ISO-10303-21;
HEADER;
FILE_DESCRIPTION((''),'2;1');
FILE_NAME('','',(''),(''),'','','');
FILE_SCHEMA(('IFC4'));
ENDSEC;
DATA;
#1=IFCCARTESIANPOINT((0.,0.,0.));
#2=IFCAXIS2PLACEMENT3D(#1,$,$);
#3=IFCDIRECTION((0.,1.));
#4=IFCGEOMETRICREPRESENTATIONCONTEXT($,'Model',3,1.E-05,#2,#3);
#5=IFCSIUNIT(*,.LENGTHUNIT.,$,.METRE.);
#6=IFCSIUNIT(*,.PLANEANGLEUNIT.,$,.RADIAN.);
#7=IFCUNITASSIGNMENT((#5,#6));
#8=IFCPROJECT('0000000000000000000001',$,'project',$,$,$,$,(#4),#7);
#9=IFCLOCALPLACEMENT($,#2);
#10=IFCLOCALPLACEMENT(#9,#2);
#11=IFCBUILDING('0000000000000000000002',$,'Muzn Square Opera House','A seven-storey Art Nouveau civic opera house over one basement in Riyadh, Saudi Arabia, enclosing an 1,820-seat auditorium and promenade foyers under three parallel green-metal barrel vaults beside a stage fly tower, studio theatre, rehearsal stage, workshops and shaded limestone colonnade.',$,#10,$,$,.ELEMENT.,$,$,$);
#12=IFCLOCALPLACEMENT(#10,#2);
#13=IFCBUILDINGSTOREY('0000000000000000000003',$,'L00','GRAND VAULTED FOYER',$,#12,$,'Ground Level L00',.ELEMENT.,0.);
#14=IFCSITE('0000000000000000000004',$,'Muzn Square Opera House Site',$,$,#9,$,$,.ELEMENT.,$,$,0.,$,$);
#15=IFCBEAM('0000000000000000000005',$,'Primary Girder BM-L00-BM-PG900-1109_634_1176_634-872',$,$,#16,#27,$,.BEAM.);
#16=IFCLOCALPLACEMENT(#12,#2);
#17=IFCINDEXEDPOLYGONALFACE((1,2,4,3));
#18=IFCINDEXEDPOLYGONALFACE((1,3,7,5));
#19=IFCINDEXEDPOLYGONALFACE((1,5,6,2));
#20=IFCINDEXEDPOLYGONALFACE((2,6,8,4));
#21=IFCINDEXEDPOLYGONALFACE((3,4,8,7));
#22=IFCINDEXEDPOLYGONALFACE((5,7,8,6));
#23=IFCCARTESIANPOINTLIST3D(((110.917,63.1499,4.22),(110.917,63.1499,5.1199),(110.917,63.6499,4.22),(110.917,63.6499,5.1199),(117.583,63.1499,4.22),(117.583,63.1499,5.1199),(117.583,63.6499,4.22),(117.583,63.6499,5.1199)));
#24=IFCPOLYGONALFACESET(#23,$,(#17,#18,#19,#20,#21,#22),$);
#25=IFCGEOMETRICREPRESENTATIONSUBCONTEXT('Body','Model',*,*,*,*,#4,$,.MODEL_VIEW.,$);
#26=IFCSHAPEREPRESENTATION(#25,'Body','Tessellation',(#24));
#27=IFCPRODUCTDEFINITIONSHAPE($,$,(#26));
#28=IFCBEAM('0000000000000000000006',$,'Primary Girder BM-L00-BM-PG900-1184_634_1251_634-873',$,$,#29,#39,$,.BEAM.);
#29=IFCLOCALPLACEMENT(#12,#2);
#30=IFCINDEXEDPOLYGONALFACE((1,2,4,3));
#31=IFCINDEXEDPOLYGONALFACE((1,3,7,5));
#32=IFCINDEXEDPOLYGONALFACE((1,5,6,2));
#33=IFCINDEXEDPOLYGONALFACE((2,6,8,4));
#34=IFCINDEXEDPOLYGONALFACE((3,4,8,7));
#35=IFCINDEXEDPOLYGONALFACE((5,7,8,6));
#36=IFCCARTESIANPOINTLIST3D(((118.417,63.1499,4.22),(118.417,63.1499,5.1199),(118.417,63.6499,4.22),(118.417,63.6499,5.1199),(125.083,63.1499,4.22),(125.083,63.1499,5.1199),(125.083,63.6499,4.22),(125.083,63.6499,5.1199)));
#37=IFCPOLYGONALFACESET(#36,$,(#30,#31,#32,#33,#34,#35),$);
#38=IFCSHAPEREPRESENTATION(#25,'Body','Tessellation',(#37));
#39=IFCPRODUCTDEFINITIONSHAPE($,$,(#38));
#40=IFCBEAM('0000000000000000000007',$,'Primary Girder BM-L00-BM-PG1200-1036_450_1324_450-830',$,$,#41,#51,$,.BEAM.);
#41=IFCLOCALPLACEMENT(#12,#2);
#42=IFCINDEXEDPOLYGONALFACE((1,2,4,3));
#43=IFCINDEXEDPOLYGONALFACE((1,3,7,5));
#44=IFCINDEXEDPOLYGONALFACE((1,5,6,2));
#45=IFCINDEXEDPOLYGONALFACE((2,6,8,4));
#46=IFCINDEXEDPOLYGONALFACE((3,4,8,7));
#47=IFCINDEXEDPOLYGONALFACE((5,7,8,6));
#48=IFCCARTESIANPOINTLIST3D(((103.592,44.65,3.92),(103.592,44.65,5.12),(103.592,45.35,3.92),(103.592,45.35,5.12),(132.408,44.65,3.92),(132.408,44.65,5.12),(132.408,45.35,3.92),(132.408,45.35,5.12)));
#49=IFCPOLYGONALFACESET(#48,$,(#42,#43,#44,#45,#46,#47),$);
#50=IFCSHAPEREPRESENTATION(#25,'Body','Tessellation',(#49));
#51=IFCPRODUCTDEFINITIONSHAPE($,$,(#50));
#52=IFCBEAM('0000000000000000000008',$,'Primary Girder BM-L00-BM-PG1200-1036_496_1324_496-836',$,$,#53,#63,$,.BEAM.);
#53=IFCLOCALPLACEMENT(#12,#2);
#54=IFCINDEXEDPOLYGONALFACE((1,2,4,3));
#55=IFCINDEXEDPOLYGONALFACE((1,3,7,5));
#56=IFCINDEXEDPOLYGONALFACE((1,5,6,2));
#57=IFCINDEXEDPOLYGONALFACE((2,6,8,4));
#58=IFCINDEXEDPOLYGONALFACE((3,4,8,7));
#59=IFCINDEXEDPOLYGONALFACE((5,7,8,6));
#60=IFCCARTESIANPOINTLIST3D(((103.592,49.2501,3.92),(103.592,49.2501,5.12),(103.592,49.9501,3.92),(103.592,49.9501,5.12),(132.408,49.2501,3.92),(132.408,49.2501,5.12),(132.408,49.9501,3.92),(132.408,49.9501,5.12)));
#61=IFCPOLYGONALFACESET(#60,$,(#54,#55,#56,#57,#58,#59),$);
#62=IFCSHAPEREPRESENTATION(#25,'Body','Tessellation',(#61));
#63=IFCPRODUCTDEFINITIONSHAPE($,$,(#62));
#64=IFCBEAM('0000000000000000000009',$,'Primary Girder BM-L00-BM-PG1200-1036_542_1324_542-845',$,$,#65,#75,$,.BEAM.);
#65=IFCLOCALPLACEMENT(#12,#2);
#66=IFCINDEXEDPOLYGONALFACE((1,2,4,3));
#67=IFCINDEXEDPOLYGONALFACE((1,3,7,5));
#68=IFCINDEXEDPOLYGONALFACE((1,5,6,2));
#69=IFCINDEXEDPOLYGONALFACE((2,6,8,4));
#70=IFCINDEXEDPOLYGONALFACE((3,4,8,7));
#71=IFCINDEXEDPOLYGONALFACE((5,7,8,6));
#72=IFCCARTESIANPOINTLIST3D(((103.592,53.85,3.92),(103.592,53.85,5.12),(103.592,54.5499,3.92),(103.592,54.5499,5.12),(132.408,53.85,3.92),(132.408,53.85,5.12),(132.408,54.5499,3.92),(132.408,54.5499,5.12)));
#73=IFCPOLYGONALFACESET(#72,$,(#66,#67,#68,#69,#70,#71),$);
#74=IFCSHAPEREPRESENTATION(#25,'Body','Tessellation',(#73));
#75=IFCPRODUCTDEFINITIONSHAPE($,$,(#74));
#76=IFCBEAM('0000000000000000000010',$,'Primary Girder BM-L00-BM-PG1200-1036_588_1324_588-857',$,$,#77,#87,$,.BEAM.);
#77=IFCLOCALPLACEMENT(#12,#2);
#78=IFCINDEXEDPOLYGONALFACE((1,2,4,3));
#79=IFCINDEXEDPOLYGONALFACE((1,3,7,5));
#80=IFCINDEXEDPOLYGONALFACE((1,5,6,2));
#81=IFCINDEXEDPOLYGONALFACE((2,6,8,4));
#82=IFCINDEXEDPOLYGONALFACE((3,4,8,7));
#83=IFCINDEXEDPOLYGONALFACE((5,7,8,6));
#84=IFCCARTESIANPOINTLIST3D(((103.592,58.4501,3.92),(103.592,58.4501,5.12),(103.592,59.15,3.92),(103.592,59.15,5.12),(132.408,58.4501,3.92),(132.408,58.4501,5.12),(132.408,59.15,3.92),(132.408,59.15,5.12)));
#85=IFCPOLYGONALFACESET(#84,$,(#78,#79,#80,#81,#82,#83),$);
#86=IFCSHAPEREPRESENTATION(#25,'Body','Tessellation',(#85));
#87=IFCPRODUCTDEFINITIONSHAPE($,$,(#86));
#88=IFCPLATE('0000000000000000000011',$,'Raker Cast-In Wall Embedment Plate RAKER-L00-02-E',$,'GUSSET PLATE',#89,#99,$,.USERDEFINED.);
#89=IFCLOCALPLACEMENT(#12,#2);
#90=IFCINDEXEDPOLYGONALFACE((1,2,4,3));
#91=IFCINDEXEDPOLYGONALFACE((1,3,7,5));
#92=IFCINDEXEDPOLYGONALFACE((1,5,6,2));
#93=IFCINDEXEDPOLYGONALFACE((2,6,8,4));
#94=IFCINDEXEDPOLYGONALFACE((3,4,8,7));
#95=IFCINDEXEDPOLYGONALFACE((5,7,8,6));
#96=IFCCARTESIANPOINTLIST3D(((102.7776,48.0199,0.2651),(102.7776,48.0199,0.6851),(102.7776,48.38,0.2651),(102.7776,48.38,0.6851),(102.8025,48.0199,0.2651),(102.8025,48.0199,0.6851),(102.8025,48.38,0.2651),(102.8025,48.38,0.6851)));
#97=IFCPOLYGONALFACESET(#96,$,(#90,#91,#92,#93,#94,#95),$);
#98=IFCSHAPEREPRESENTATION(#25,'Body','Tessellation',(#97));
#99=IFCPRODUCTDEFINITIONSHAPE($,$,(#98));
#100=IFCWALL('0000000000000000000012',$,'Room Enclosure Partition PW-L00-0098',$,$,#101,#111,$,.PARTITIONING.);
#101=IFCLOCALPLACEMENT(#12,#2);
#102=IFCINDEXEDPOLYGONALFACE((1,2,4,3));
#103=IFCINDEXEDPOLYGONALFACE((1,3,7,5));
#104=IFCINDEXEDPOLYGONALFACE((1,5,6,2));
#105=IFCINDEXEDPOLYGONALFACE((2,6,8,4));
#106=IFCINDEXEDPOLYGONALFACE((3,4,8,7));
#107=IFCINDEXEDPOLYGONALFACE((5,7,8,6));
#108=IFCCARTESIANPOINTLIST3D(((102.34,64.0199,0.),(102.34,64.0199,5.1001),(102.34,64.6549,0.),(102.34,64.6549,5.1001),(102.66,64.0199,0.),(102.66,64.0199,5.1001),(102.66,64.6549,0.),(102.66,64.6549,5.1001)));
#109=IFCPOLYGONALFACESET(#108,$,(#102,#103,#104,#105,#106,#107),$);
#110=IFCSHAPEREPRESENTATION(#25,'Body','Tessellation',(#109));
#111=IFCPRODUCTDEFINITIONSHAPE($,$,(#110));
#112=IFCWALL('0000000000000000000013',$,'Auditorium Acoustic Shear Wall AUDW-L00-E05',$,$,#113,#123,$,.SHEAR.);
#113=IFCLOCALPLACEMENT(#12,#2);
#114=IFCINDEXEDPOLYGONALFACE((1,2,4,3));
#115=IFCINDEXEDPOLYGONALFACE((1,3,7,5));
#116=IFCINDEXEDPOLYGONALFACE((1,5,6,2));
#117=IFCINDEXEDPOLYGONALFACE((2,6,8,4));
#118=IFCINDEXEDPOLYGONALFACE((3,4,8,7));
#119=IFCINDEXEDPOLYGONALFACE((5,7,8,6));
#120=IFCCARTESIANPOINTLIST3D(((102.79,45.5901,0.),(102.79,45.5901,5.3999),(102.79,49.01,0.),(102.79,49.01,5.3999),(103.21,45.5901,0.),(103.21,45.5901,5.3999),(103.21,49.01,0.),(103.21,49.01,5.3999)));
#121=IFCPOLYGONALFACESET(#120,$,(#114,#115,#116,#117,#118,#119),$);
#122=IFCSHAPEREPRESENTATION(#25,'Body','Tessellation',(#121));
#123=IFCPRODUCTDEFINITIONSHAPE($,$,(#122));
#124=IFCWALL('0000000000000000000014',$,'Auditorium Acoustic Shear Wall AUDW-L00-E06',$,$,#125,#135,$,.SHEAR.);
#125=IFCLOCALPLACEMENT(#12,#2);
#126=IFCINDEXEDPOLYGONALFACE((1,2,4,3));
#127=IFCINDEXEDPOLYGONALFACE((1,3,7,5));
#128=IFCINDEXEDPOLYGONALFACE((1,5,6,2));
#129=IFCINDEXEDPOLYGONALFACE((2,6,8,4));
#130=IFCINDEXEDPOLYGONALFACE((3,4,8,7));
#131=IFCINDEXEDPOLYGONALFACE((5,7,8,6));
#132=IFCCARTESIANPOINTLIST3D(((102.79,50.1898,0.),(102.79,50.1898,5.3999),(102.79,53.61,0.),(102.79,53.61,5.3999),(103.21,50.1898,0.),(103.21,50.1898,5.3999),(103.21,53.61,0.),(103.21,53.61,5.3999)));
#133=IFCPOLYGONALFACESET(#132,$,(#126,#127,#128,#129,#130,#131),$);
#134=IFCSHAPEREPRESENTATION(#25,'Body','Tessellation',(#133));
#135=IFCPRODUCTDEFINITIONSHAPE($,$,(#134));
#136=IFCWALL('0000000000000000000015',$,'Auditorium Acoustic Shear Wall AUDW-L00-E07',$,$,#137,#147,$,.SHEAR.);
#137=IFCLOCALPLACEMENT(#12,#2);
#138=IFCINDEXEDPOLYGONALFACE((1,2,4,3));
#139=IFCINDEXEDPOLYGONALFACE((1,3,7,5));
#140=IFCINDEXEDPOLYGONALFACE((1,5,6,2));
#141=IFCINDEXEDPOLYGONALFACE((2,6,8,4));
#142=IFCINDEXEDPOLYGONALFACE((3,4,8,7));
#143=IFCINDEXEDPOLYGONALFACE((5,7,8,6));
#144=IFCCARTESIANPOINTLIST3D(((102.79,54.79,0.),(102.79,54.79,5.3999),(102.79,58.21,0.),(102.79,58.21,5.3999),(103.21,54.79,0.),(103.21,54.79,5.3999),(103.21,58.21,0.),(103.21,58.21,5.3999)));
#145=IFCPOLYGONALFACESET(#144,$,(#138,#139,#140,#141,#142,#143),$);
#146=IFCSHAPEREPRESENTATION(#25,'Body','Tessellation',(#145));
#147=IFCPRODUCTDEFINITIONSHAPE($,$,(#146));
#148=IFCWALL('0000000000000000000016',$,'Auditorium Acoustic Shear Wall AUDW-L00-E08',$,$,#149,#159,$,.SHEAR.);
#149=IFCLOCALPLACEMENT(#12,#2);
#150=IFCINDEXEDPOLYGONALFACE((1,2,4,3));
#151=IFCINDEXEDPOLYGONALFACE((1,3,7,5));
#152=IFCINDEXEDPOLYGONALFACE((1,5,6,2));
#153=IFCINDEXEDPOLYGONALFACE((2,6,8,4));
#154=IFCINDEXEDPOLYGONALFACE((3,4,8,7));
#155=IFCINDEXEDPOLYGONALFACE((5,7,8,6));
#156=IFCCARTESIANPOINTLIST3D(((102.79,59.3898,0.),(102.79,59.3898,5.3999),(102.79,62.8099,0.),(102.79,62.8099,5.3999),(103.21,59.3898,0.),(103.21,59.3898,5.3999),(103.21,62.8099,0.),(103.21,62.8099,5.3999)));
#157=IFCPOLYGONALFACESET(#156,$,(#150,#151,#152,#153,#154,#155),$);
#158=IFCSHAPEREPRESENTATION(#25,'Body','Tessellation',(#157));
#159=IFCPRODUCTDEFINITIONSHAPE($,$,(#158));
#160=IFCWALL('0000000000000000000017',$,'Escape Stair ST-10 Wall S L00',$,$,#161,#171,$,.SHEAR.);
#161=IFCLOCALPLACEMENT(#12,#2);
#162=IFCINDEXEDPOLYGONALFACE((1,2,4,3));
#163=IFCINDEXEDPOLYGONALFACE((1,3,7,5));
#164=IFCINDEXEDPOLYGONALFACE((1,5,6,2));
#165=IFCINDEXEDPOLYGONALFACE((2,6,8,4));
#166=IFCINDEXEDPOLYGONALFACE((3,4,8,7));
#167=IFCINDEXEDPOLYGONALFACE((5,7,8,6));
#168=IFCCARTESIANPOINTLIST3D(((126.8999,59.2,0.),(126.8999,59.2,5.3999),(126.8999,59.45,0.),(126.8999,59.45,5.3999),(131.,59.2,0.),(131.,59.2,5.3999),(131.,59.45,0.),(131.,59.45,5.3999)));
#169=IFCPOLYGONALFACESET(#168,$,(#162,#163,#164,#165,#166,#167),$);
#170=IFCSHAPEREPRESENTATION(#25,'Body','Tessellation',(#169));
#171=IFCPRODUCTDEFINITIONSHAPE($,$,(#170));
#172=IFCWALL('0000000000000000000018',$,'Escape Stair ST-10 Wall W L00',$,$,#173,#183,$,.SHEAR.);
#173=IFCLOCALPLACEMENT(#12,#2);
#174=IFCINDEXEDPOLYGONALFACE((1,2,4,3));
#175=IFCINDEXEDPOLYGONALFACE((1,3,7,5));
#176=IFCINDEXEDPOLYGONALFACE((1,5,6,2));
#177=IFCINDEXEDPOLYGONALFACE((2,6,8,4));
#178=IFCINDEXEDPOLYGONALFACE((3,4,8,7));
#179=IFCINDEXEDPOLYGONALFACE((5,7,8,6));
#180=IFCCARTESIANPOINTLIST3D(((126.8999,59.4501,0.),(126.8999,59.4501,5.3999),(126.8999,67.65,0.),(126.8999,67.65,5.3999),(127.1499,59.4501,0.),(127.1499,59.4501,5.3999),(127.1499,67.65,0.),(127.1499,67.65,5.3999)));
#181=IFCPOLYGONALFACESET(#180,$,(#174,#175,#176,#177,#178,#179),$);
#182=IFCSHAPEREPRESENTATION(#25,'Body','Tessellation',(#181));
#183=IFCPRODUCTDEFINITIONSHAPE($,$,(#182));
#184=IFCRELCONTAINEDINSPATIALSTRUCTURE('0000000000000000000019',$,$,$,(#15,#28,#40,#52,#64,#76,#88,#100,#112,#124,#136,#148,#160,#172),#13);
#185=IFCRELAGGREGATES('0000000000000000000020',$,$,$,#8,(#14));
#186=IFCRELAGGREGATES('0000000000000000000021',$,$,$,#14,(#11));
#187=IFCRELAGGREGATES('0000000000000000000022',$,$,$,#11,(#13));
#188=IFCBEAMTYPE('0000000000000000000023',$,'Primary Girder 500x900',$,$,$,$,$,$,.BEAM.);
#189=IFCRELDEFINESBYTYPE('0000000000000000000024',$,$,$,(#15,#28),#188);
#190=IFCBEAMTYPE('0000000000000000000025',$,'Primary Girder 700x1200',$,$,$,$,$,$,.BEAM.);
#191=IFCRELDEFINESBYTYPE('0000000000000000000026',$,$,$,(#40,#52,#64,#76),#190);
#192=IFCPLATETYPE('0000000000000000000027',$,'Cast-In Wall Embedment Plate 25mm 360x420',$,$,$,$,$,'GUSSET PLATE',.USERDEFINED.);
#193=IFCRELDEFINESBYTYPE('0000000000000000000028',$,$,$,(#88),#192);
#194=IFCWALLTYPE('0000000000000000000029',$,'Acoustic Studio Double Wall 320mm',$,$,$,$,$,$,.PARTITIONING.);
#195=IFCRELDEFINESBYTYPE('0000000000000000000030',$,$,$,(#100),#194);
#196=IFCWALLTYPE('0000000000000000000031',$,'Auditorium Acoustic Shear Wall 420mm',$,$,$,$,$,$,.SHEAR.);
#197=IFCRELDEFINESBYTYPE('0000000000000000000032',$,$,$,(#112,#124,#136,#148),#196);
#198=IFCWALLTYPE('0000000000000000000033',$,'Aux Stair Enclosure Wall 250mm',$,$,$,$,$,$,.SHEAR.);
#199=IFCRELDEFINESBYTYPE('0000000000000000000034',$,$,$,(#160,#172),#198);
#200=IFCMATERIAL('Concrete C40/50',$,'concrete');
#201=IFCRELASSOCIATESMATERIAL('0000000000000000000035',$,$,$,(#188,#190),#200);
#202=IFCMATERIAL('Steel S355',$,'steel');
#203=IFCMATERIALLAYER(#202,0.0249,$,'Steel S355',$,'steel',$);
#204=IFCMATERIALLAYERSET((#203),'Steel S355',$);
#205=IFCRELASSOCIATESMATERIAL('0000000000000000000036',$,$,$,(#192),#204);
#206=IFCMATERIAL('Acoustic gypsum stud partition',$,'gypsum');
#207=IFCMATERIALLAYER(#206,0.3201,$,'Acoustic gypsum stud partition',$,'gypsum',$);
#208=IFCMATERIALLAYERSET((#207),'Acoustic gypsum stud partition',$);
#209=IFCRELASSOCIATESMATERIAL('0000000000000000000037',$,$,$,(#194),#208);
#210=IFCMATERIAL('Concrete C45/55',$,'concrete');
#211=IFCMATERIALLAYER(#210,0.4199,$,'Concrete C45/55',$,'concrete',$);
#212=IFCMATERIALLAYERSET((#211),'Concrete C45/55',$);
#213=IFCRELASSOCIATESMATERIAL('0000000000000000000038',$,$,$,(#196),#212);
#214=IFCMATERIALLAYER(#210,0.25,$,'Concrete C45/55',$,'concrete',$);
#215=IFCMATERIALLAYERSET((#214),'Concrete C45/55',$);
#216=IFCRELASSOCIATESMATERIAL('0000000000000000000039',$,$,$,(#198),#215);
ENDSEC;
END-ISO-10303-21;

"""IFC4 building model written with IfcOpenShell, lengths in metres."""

from ifc_helpers import new_model, si_unit, direction, frame, frame_2d, origin, origin_2d, place, context, subcontext, project, spatial, rectangle, extrude, material, layer, layer_set, material_profile, profile_set, type_object, element, save


model = new_model("IFC4")

# Units and contexts
model_context = context("Model", 3, precision=1e-05, world=origin(), true_north=direction((0.0, 1.0)))
body_context = subcontext(model_context, "Body", "Model", "MODEL_VIEW")
ifc_project = project(units=[si_unit("LENGTHUNIT", "METRE"), si_unit("PLANEANGLEUNIT", "RADIAN")], contexts=[model_context])

# Site, building, storey
site_placement = place(None, origin())
site = spatial("IfcSite", under=ifc_project, at=site_placement, Name="Muzn Square Opera House Site", CompositionType="ELEMENT", RefElevation=0.0)
building_placement = place(site_placement, origin())
building = spatial("IfcBuilding", under=site, at=building_placement, Name="Muzn Square Opera House", Description="A seven-storey Art Nouveau civic opera house over one basement in Riyadh, Saudi Arabia, enclosing an 1,820-seat auditorium and promenade foyers under three parallel green-metal barrel vaults beside a stage fly tower, studio theatre, rehearsal stage, workshops and shaded limestone colonnade.", CompositionType="ELEMENT")
storey_placement = place(building_placement, origin())
storey = spatial("IfcBuildingStorey", under=building, at=storey_placement, Name="L00", Description="GRAND VAULTED FOYER", LongName="Ground Level L00", CompositionType="ELEMENT", Elevation=0.0)

# Shared definitions
ifc_material_1 = material(Name="Concrete C45/55", Category="concrete")

# Beams
ifc_material_2 = material(Name="Concrete C40/50", Category="concrete")
ifc_material_profile_1 = material_profile(ifc_material_2, rectangle(XDim=0.5, YDim=0.8999, at=origin_2d()), Name="RCB 500x900", Category="concrete")
ifc_profile_set_1 = profile_set([ifc_material_profile_1], Name="Concrete C40/50")
beam_type_1 = type_object("IfcBeamType", Name="Primary Girder 500x900", PredefinedType="BEAM", material=ifc_profile_set_1)
for number, where, z_axis, x_axis, name in (
    (1, (110.917, 63.3999, 4.6699), (1.0, 0.0, 0.0), (0.0, 1.0, 0.0), "Primary Girder BM-L00-BM-PG900-1109_634_1176_634-872"),
    (2, (118.417, 63.3999, 4.6699), (1.0, 0.0, 0.0), (0.0, 1.0, 0.0), "Primary Girder BM-L00-BM-PG900-1184_634_1251_634-873"),
):
    element("IfcBeam", number, at=place(storey_placement, frame(where, z_axis=z_axis, x_axis=x_axis)), inside=storey, type_object=beam_type_1, Name=name, PredefinedType="BEAM", context=body_context, shape_type="SweptSolid", body=[
        extrude(rectangle(XDim=0.5, YDim=0.8999, at=origin_2d()), origin(), (0.0, 0.0, 1.0), 6.666),
    ])
ifc_material_profile_2 = material_profile(ifc_material_2, rectangle(XDim=0.7, YDim=1.2, at=origin_2d()), Name="RCB 700x1200", Category="concrete")
ifc_profile_set_2 = profile_set([ifc_material_profile_2], Name="Concrete C40/50")
beam_type_2 = type_object("IfcBeamType", Name="Primary Girder 700x1200", PredefinedType="BEAM", material=ifc_profile_set_2)
for number, where, z_axis, x_axis, name in (
    (3, (103.592, 45.0, 4.52), (1.0, 0.0, 0.0), (0.0, 1.0, 0.0), "Primary Girder BM-L00-BM-PG1200-1036_450_1324_450-830"),
    (4, (103.592, 49.6001, 4.52), (1.0, 0.0, 0.0), (0.0, 1.0, 0.0), "Primary Girder BM-L00-BM-PG1200-1036_496_1324_496-836"),
    (5, (103.592, 54.2, 4.52), (1.0, 0.0, 0.0), (0.0, 1.0, 0.0), "Primary Girder BM-L00-BM-PG1200-1036_542_1324_542-845"),
    (6, (103.592, 58.8, 4.52), (1.0, 0.0, 0.0), (0.0, 1.0, 0.0), "Primary Girder BM-L00-BM-PG1200-1036_588_1324_588-857"),
):
    element("IfcBeam", number, at=place(storey_placement, frame(where, z_axis=z_axis, x_axis=x_axis)), inside=storey, type_object=beam_type_2, Name=name, PredefinedType="BEAM", context=body_context, shape_type="SweptSolid", body=[
        extrude(rectangle(XDim=0.7, YDim=1.2, at=origin_2d()), origin(), (0.0, 0.0, 1.0), 28.8159),
    ])

# Plate
ifc_material_3 = material(Name="Steel S355", Category="steel")
ifc_layer_1 = layer(ifc_material_3, 0.0249, Name="Steel S355", Category="steel")
ifc_layer_set_1 = layer_set([ifc_layer_1], Name="Steel S355")
plate_type = type_object("IfcPlateType", Name="Cast-In Wall Embedment Plate 25mm 360x420", ElementType="GUSSET PLATE", PredefinedType="USERDEFINED", material=ifc_layer_set_1)
plate_placement = place(storey_placement, frame((102.79, 48.2, 0.2651), z_axis=(0.0, 0.0, 1.0), x_axis=(1.0, 0.0, 0.0)))
element("IfcPlate", 7, at=plate_placement, inside=storey, type_object=plate_type, Name="Raker Cast-In Wall Embedment Plate RAKER-L00-02-E", ObjectType="GUSSET PLATE", PredefinedType="USERDEFINED", context=body_context, shape_type="SweptSolid", body=[
    extrude(rectangle(XDim=0.0249, YDim=0.3601, at=origin_2d()), origin(), (0.0, 0.0, 1.0), 0.4199),
])

# Walls
ifc_material_4 = material(Name="Acoustic gypsum stud partition", Category="gypsum")
ifc_layer_2 = layer(ifc_material_4, 0.3201, Name="Acoustic gypsum stud partition", Category="gypsum")
ifc_layer_set_2 = layer_set([ifc_layer_2], Name="Acoustic gypsum stud partition")
wall_type_1 = type_object("IfcWallType", Name="Acoustic Studio Double Wall 320mm", PredefinedType="PARTITIONING", material=ifc_layer_set_2)
wall_1_placement = place(storey_placement, frame((102.5, 64.02, 0.0), z_axis=(0.0, 0.0, 1.0), x_axis=(0.0, 1.0, 0.0)))
element("IfcWall", 8, at=wall_1_placement, inside=storey, type_object=wall_type_1, Name="Room Enclosure Partition PW-L00-0098", PredefinedType="PARTITIONING", context=body_context, shape_type="SweptSolid", body=[
    extrude(rectangle(XDim=0.635, YDim=0.3201, at=frame_2d((0.3174, 0.0))), origin(), (0.0, 0.0, 1.0), 5.1001),
])
ifc_layer_3 = layer(ifc_material_1, 0.4199, Name="Concrete C45/55", Category="concrete")
ifc_layer_set_3 = layer_set([ifc_layer_3], Name="Concrete C45/55")
wall_type_2 = type_object("IfcWallType", Name="Auditorium Acoustic Shear Wall 420mm", PredefinedType="SHEAR", material=ifc_layer_set_3)
wall_2_placement = place(storey_placement, frame((103.0, 45.5901, 0.0), z_axis=(0.0, 0.0, 1.0), x_axis=(0.0, 1.0, 0.0)))
element("IfcWall", 9, at=wall_2_placement, inside=storey, type_object=wall_type_2, Name="Auditorium Acoustic Shear Wall AUDW-L00-E05", PredefinedType="SHEAR", context=body_context, shape_type="SweptSolid", body=[
    extrude(rectangle(XDim=3.4199, YDim=0.4199, at=frame_2d((1.71, 0.0))), origin(), (0.0, 0.0, 1.0), 5.3999),
])
wall_3_placement = place(storey_placement, frame((103.0, 50.1899, 0.0), z_axis=(0.0, 0.0, 1.0), x_axis=(0.0, 1.0, 0.0)))
element("IfcWall", 10, at=wall_3_placement, inside=storey, type_object=wall_type_2, Name="Auditorium Acoustic Shear Wall AUDW-L00-E06", PredefinedType="SHEAR", context=body_context, shape_type="SweptSolid", body=[
    extrude(rectangle(XDim=3.4202, YDim=0.4199, at=frame_2d((1.71, 0.0))), origin(), (0.0, 0.0, 1.0), 5.3999),
])
wall_4_placement = place(storey_placement, frame((103.0, 54.79, 0.0), z_axis=(0.0, 0.0, 1.0), x_axis=(0.0, 1.0, 0.0)))
element("IfcWall", 11, at=wall_4_placement, inside=storey, type_object=wall_type_2, Name="Auditorium Acoustic Shear Wall AUDW-L00-E07", PredefinedType="SHEAR", context=body_context, shape_type="SweptSolid", body=[
    extrude(rectangle(XDim=3.4199, YDim=0.4199, at=frame_2d((1.71, 0.0))), origin(), (0.0, 0.0, 1.0), 5.3999),
])
wall_5_placement = place(storey_placement, frame((103.0, 59.3899, 0.0), z_axis=(0.0, 0.0, 1.0), x_axis=(0.0, 1.0, 0.0)))
element("IfcWall", 12, at=wall_5_placement, inside=storey, type_object=wall_type_2, Name="Auditorium Acoustic Shear Wall AUDW-L00-E08", PredefinedType="SHEAR", context=body_context, shape_type="SweptSolid", body=[
    extrude(rectangle(XDim=3.4202, YDim=0.4199, at=frame_2d((1.71, 0.0))), origin(), (0.0, 0.0, 1.0), 5.3999),
])
ifc_layer_4 = layer(ifc_material_1, 0.25, Name="Concrete C45/55", Category="concrete")
ifc_layer_set_4 = layer_set([ifc_layer_4], Name="Concrete C45/55")
wall_type_3 = type_object("IfcWallType", Name="Aux Stair Enclosure Wall 250mm", PredefinedType="SHEAR", material=ifc_layer_set_4)
wall_6_placement = place(storey_placement, frame((126.8999, 59.325, 0.0), z_axis=(0.0, 0.0, 1.0), x_axis=(1.0, 0.0, 0.0)))
element("IfcWall", 13, at=wall_6_placement, inside=storey, type_object=wall_type_3, Name="Escape Stair ST-10 Wall S L00", PredefinedType="SHEAR", context=body_context, shape_type="SweptSolid", body=[
    extrude(rectangle(XDim=4.1001, YDim=0.25, at=frame_2d((2.05, 0.0))), origin(), (0.0, 0.0, 1.0), 5.3999),
])
wall_7_placement = place(storey_placement, frame((127.0249, 59.45, 0.0), z_axis=(0.0, 0.0, 1.0), x_axis=(0.0, 1.0, 0.0)))
element("IfcWall", 14, at=wall_7_placement, inside=storey, type_object=wall_type_3, Name="Escape Stair ST-10 Wall W L00", PredefinedType="SHEAR", context=body_context, shape_type="SweptSolid", body=[
    extrude(rectangle(XDim=8.2, YDim=0.25, at=frame_2d((4.1001, 0.0))), origin(), (0.0, 0.0, 1.0), 5.3999),
])

save(model, "model.ifc")
